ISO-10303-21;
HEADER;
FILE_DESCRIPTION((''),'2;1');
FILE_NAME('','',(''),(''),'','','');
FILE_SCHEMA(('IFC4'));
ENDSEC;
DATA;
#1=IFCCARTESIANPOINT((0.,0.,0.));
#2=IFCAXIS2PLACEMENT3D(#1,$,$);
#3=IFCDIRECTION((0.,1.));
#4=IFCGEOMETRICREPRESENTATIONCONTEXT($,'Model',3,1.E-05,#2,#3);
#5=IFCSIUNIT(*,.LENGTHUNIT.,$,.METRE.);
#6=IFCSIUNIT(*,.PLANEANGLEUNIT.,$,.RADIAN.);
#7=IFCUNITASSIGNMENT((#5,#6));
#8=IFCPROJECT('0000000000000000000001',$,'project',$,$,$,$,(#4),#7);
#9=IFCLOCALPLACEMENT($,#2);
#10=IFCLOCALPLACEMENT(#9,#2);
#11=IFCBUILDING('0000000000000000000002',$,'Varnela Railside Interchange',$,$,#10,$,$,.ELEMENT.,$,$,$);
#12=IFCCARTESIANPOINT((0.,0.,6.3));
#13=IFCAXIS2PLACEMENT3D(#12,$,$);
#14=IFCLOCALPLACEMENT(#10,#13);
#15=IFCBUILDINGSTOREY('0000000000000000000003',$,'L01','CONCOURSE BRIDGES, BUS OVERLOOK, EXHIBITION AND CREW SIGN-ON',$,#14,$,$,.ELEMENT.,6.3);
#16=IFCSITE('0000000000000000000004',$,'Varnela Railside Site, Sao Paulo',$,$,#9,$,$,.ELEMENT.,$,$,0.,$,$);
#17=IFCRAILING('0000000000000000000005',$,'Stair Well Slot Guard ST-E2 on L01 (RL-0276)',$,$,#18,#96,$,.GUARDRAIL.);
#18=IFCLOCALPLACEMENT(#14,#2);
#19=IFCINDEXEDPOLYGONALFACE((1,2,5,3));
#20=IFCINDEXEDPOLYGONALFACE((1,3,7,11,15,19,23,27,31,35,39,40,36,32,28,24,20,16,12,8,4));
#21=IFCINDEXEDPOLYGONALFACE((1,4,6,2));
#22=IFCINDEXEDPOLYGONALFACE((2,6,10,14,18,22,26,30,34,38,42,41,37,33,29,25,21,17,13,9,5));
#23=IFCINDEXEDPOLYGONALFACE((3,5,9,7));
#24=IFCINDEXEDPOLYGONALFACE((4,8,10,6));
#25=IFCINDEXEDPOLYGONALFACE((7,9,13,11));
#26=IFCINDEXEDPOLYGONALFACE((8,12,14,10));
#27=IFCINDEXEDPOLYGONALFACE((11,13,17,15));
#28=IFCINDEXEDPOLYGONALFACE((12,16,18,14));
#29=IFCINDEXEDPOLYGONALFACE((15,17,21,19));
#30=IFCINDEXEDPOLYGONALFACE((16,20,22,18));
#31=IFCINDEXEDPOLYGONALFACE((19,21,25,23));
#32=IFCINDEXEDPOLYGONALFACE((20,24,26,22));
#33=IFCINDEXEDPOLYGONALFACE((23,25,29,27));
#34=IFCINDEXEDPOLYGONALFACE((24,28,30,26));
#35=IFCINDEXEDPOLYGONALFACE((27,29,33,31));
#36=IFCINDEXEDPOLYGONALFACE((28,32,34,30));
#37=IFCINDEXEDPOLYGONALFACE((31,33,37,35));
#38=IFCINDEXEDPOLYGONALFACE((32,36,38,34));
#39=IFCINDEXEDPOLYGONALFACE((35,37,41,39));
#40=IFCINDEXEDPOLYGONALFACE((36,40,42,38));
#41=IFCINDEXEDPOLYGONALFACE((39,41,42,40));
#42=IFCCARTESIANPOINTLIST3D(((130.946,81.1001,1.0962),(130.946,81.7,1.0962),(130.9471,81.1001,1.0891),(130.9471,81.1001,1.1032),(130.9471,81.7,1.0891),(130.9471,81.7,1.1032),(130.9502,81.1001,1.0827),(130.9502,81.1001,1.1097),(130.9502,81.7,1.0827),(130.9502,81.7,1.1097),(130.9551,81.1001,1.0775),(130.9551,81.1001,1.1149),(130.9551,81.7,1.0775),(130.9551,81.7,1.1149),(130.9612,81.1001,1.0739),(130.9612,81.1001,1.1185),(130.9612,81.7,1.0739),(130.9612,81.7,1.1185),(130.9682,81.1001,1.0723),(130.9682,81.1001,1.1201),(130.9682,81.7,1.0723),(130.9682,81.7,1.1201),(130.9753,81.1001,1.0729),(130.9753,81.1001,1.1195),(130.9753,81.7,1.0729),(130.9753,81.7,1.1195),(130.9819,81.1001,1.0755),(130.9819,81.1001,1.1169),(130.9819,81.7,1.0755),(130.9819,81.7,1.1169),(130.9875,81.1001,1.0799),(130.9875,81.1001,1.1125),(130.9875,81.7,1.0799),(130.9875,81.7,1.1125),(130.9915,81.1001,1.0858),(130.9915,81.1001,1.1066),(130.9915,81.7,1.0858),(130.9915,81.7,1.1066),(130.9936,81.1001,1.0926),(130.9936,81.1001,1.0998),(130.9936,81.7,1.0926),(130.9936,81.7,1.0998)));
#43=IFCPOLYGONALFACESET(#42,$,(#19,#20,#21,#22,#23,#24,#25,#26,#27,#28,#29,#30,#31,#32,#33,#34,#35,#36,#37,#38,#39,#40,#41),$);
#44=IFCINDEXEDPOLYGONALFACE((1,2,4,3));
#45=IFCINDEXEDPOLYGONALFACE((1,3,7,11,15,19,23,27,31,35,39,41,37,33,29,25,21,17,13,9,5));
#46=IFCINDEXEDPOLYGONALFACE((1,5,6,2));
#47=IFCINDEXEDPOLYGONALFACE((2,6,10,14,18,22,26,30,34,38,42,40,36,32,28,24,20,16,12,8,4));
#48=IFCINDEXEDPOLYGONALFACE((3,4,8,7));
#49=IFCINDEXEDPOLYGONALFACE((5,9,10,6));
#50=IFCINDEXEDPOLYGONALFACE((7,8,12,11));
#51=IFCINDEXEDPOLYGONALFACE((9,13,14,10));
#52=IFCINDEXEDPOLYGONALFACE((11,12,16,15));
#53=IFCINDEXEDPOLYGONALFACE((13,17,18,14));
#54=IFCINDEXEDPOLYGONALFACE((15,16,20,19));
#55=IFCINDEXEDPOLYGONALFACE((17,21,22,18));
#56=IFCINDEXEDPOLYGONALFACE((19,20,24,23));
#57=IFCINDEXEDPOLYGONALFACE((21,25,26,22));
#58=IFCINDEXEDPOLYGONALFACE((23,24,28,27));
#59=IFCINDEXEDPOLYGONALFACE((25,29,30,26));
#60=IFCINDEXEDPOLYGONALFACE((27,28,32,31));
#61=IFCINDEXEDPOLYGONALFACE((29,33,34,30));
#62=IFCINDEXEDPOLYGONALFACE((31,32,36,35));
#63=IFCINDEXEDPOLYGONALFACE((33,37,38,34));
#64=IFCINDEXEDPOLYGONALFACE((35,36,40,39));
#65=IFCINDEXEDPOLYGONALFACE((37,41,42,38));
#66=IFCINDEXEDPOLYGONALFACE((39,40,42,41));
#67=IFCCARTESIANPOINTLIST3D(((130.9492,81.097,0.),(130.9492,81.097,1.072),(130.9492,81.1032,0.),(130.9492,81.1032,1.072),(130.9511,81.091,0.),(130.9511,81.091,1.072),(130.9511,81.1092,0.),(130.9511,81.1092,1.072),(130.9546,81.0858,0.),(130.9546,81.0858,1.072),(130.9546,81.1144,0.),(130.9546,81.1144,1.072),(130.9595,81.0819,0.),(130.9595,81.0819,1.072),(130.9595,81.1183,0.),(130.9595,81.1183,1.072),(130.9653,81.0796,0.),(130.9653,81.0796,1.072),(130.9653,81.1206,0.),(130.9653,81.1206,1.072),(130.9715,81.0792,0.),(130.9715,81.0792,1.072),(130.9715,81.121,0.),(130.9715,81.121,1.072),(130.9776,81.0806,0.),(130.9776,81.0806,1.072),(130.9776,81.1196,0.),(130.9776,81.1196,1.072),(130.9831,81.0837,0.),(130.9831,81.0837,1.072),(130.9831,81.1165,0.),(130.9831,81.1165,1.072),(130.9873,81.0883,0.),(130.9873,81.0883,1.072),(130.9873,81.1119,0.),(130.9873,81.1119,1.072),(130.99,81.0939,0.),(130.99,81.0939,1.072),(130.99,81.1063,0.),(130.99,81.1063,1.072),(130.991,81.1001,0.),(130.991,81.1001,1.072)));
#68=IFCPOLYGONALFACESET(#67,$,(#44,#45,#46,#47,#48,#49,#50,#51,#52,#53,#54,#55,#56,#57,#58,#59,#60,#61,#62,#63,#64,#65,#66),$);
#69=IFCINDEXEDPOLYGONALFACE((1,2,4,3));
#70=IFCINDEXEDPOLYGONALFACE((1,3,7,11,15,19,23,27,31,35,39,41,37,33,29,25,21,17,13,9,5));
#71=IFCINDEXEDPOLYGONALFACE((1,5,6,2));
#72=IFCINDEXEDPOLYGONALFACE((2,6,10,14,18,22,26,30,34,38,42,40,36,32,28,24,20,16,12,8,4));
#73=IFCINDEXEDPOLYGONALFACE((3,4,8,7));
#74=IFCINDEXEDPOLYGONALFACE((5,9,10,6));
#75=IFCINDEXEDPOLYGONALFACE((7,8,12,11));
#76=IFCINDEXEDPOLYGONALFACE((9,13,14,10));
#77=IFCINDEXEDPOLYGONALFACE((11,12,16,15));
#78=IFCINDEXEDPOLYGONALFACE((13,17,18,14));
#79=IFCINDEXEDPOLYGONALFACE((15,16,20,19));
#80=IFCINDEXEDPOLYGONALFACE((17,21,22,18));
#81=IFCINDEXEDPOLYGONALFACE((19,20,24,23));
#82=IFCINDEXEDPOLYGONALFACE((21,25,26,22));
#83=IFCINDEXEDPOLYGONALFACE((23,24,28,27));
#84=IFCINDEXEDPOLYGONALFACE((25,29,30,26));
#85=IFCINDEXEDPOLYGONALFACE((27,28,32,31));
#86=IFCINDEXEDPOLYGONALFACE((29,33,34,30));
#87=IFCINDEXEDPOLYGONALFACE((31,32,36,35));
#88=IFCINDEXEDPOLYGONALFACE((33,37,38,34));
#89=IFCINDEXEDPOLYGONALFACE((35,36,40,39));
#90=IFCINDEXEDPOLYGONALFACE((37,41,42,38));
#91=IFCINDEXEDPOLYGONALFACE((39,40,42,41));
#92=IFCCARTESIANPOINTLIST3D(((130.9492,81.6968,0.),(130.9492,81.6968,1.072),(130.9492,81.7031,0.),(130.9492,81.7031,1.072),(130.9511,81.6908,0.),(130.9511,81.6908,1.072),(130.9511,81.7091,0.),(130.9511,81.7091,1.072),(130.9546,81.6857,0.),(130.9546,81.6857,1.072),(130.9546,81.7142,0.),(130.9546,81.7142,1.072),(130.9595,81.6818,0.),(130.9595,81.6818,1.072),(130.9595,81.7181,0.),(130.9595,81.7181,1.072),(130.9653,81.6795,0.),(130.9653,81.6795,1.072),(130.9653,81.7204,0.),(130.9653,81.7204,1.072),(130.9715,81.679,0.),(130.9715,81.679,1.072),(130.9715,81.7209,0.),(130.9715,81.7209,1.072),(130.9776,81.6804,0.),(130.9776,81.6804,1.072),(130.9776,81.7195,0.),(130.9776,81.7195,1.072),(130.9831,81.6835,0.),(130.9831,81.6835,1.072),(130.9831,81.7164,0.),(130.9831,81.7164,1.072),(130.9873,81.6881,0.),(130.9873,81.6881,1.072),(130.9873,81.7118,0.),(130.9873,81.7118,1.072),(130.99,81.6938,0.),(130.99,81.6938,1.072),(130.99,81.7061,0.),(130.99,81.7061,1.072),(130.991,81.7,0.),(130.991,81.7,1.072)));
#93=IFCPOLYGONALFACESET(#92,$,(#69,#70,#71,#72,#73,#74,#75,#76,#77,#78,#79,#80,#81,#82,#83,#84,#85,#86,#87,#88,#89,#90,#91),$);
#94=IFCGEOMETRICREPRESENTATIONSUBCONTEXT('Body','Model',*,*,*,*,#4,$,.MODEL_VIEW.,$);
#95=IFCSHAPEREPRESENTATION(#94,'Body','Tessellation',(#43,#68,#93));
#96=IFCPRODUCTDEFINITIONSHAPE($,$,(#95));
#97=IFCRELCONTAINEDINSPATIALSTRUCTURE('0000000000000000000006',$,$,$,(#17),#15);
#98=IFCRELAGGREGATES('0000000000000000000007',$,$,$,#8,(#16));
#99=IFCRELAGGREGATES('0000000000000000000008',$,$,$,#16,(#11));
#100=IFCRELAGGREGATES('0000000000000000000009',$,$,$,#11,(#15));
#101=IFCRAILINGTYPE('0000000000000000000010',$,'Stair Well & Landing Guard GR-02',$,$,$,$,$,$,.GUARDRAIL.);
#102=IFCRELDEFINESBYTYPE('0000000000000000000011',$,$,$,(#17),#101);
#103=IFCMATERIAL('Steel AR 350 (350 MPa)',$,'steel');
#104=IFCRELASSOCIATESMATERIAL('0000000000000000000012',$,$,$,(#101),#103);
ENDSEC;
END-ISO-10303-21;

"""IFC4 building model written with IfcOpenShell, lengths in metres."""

from ifc_helpers import new_model, si_unit, direction, frame, origin, origin_2d, place, context, subcontext, project, spatial, circle, extrude, material, type_object, element, save


model = new_model("IFC4")

# Units and contexts
model_context = context("Model", 3, precision=1e-05, world=origin(), true_north=direction((0.0, 1.0)))
body_context = subcontext(model_context, "Body", "Model", "MODEL_VIEW")
ifc_project = project(units=[si_unit("LENGTHUNIT", "METRE"), si_unit("PLANEANGLEUNIT", "RADIAN")], contexts=[model_context])

# Site, building, storey
site_placement = place(None, origin())
site = spatial("IfcSite", under=ifc_project, at=site_placement, Name="Varnela Railside Site, Sao Paulo", CompositionType="ELEMENT", RefElevation=0.0)
building_placement = place(site_placement, origin())
building = spatial("IfcBuilding", under=site, at=building_placement, Name="Varnela Railside Interchange", CompositionType="ELEMENT")
storey_placement = place(building_placement, frame((0.0, 0.0, 6.3)))
storey = spatial("IfcBuildingStorey", under=building, at=storey_placement, Name="L01", Description="CONCOURSE BRIDGES, BUS OVERLOOK, EXHIBITION AND CREW SIGN-ON", CompositionType="ELEMENT", Elevation=6.3)

# Shared definitions
ifc_material_1 = material(Name="Steel AR 350 (350 MPa)", Category="steel")

# Railing
railing_type_1 = type_object("IfcRailingType", Name="Stair Well & Landing Guard GR-02", PredefinedType="GUARDRAIL", material=ifc_material_1)
railing_1_placement = place(storey_placement, frame((130.97, 81.1001, 0.0)))
element("IfcRailing", 1, at=railing_1_placement, inside=storey, type_object=railing_type_1, Name="Stair Well Slot Guard ST-E2 on L01 (RL-0276)", PredefinedType="GUARDRAIL", context=body_context, shape_type="SweptSolid", body=[
    extrude(circle(Radius=0.0239, at=origin_2d()), frame((0.0, 0.0, 1.0962), z_axis=(0.0, 1.0, 0.0), x_axis=(-1.0, 0.0, 0.0)), (0.0, 0.0, 1.0), 0.5999),
    extrude(circle(Radius=0.021, at=origin_2d()), origin(), (0.0, 0.0, 1.0), 1.072),
    extrude(circle(Radius=0.021, at=origin_2d()), frame((0.0, 0.5999, 0.0)), (0.0, 0.0, 1.0), 1.072),
])

save(model, "model.ifc")
